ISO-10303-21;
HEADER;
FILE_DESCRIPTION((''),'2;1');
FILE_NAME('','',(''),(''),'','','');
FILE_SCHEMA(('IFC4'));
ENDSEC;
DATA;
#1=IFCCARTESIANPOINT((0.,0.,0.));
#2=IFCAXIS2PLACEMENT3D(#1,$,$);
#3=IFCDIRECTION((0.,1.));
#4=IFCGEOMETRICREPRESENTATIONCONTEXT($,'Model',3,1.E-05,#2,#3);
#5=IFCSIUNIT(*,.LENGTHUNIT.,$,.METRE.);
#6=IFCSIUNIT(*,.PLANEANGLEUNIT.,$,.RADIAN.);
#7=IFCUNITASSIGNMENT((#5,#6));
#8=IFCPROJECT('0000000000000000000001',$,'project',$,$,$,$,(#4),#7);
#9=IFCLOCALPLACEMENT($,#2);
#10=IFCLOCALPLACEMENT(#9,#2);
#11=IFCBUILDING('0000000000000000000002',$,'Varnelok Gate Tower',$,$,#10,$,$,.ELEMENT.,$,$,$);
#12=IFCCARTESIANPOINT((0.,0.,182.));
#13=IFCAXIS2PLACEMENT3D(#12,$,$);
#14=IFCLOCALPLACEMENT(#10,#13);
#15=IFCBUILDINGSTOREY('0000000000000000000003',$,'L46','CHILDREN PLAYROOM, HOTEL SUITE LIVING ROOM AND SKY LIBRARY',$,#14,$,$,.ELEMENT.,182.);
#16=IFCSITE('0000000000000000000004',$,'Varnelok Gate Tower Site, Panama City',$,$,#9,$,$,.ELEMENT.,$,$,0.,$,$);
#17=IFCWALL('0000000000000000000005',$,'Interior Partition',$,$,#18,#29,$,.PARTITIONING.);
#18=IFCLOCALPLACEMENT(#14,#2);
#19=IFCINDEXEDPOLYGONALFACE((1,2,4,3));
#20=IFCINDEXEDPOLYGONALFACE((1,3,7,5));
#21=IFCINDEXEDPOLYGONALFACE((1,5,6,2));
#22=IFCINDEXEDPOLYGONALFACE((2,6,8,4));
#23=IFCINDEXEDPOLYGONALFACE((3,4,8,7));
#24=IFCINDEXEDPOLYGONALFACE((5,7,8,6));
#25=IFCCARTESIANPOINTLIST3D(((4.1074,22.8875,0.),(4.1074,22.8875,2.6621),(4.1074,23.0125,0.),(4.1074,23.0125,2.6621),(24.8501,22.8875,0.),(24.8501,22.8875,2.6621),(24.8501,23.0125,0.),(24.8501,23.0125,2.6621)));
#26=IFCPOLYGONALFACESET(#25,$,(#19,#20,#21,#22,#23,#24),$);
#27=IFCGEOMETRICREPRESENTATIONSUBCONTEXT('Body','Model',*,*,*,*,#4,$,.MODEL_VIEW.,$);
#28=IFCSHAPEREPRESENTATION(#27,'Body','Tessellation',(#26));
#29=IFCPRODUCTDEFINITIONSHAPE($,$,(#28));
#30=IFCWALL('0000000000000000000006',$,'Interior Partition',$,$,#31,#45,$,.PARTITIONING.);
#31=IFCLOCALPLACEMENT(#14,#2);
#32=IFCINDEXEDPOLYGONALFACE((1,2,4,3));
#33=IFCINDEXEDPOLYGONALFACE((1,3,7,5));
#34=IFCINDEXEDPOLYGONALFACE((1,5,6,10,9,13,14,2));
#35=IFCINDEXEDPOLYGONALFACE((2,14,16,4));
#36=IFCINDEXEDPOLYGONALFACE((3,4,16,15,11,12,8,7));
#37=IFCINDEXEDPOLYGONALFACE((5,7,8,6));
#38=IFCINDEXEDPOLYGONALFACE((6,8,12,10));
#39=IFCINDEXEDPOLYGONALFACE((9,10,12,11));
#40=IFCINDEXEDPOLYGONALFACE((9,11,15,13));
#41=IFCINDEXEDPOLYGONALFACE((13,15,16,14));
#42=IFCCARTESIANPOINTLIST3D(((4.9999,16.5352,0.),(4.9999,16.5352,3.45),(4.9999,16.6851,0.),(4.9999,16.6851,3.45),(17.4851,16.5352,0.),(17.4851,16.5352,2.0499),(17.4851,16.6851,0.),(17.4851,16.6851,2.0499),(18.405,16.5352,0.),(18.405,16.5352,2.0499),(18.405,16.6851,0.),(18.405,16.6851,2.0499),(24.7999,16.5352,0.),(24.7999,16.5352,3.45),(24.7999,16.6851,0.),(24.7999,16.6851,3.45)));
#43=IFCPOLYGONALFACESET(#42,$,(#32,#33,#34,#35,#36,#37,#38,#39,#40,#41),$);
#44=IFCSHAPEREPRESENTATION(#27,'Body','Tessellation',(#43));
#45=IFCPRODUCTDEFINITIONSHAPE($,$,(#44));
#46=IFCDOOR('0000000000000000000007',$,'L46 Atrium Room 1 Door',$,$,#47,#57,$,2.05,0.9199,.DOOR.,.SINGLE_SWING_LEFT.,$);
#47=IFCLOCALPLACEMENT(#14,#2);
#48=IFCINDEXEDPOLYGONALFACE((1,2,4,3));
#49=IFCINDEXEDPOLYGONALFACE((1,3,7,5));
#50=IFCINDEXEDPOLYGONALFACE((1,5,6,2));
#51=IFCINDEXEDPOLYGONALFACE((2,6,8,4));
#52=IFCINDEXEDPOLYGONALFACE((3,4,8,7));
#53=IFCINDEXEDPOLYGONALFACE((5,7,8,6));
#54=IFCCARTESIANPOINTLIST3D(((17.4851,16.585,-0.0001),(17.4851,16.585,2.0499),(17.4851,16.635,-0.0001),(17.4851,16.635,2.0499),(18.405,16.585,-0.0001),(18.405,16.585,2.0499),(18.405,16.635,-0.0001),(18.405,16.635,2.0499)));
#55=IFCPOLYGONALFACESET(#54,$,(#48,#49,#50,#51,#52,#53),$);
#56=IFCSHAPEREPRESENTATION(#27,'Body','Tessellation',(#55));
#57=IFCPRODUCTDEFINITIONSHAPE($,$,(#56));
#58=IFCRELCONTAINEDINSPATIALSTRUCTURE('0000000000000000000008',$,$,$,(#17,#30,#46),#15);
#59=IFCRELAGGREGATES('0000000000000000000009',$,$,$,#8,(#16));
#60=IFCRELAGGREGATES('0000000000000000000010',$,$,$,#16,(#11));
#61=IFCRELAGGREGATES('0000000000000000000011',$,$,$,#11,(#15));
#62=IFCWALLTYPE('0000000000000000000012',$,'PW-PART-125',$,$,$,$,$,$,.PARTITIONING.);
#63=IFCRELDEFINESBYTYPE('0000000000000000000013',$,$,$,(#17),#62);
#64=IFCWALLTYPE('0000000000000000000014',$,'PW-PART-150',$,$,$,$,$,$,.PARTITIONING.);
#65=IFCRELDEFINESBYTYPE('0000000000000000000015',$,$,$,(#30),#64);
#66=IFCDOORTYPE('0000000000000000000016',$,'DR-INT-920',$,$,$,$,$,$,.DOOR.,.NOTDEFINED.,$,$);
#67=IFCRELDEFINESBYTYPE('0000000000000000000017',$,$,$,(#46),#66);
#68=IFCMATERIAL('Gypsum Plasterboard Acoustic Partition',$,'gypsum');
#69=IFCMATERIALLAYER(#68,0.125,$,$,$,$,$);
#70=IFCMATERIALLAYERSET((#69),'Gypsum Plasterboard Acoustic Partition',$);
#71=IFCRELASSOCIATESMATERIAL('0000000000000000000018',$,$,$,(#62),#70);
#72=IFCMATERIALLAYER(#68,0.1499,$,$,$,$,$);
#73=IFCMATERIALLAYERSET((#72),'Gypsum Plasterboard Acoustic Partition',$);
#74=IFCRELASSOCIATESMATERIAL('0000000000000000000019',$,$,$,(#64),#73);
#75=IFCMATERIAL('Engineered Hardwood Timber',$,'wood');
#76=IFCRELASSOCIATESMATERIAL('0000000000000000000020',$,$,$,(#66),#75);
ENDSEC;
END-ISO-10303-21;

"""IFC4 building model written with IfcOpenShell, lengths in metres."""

from ifc_helpers import new_model, si_unit, direction, frame, frame_2d, origin, place, context, subcontext, project, spatial, rectangle, extrude, material, layer, layer_set, type_object, element, fill, save


model = new_model("IFC4")

# Units and contexts
model_context = context("Model", 3, precision=1e-05, world=origin(), true_north=direction((0.0, 1.0)))
body_context = subcontext(model_context, "Body", "Model", "MODEL_VIEW")
ifc_project = project(units=[si_unit("LENGTHUNIT", "METRE"), si_unit("PLANEANGLEUNIT", "RADIAN")], contexts=[model_context])

# Site, building, storey
site_placement = place(None, origin())
site = spatial("IfcSite", under=ifc_project, at=site_placement, Name="Varnelok Gate Tower Site, Panama City", CompositionType="ELEMENT", RefElevation=0.0)
building_placement = place(site_placement, origin())
building = spatial("IfcBuilding", under=site, at=building_placement, Name="Varnelok Gate Tower", CompositionType="ELEMENT")
storey_placement = place(building_placement, frame((0.0, 0.0, 182.0)))
storey = spatial("IfcBuildingStorey", under=building, at=storey_placement, Name="L46", Description="CHILDREN PLAYROOM, HOTEL SUITE LIVING ROOM AND SKY LIBRARY", CompositionType="ELEMENT", Elevation=182.0)

# Shared definitions
ifc_material_1 = material(Name="Gypsum Plasterboard Acoustic Partition", Category="gypsum")
ifc_material_2 = material(Name="Engineered Hardwood Timber", Category="wood")

# Wall
ifc_layer_1 = layer(ifc_material_1, 0.125)
ifc_layer_set_1 = layer_set([ifc_layer_1], Name="Gypsum Plasterboard Acoustic Partition")
wall_type_1 = type_object("IfcWallType", Name="PW-PART-125", PredefinedType="PARTITIONING", material=ifc_layer_set_1)
wall_1_placement = place(storey_placement, frame((4.1074, 22.95, 0.0), z_axis=(0.0, 0.0, 1.0), x_axis=(1.0, 0.0, 0.0)))
element("IfcWall", 1, at=wall_1_placement, inside=storey, type_object=wall_type_1, Name="Interior Partition", PredefinedType="PARTITIONING", context=body_context, shape_type="SweptSolid", body=[
    extrude(rectangle(XDim=20.7427, YDim=0.125, at=frame_2d((10.3713, 0.0))), origin(), (0.0, 0.0, 1.0), 2.6621),
])

# Wall, opening, door
ifc_layer_2 = layer(ifc_material_1, 0.1499)
ifc_layer_set_2 = layer_set([ifc_layer_2], Name="Gypsum Plasterboard Acoustic Partition")
wall_type_2 = type_object("IfcWallType", Name="PW-PART-150", PredefinedType="PARTITIONING", material=ifc_layer_set_2)
wall_2_placement = place(storey_placement, frame((5.0, 16.6101, 0.0), z_axis=(0.0, 0.0, 1.0), x_axis=(1.0, 0.0, 0.0)))
wall_2 = element("IfcWall", 2, at=wall_2_placement, inside=storey, type_object=wall_type_2, Name="Interior Partition", PredefinedType="PARTITIONING", context=body_context, shape_type="SweptSolid", body=[
    extrude(rectangle(XDim=19.8, YDim=0.1499, at=frame_2d((9.8999, 0.0))), origin(), (0.0, 0.0, 1.0), 3.45),
])
opening_1_placement = place(wall_2_placement, frame((12.4851, 0.0, 0.0)))
opening_1 = element("IfcOpeningElement", 3, at=opening_1_placement, cuts=wall_2, PredefinedType="OPENING", context=body_context, shape_type="SweptSolid", body=[
    extrude(rectangle(XDim=0.9199, YDim=2.05, at=frame_2d((0.46, 1.0249))), frame((0.0, 0.085, 0.0), z_axis=(0.0, -1.0, 0.0), x_axis=(1.0, 0.0, 0.0)), (0.0, 0.0, 1.0), 0.1699),
])
door_type_1 = type_object("IfcDoorType", Name="DR-INT-920", OperationType="NOTDEFINED", PredefinedType="DOOR", material=ifc_material_2)
door_1_placement = place(opening_1_placement, origin())
door_1 = element("IfcDoor", 4, at=door_1_placement, inside=storey, type_object=door_type_1, Name="L46 Atrium Room 1 Door", OperationType="SINGLE_SWING_LEFT", OverallHeight=2.05, OverallWidth=0.9199, PredefinedType="DOOR", context=body_context, shape_type="SweptSolid", body=[
    extrude(rectangle(XDim=0.9199, YDim=2.05, at=frame_2d((0.46, 1.0249))), frame((0.0, 0.0249, 0.0), z_axis=(0.0, -1.0, 0.0), x_axis=(1.0, 0.0, 0.0)), (0.0, 0.0, 1.0), 0.05),
])
fill(opening_1, door_1)

save(model, "model.ifc")
